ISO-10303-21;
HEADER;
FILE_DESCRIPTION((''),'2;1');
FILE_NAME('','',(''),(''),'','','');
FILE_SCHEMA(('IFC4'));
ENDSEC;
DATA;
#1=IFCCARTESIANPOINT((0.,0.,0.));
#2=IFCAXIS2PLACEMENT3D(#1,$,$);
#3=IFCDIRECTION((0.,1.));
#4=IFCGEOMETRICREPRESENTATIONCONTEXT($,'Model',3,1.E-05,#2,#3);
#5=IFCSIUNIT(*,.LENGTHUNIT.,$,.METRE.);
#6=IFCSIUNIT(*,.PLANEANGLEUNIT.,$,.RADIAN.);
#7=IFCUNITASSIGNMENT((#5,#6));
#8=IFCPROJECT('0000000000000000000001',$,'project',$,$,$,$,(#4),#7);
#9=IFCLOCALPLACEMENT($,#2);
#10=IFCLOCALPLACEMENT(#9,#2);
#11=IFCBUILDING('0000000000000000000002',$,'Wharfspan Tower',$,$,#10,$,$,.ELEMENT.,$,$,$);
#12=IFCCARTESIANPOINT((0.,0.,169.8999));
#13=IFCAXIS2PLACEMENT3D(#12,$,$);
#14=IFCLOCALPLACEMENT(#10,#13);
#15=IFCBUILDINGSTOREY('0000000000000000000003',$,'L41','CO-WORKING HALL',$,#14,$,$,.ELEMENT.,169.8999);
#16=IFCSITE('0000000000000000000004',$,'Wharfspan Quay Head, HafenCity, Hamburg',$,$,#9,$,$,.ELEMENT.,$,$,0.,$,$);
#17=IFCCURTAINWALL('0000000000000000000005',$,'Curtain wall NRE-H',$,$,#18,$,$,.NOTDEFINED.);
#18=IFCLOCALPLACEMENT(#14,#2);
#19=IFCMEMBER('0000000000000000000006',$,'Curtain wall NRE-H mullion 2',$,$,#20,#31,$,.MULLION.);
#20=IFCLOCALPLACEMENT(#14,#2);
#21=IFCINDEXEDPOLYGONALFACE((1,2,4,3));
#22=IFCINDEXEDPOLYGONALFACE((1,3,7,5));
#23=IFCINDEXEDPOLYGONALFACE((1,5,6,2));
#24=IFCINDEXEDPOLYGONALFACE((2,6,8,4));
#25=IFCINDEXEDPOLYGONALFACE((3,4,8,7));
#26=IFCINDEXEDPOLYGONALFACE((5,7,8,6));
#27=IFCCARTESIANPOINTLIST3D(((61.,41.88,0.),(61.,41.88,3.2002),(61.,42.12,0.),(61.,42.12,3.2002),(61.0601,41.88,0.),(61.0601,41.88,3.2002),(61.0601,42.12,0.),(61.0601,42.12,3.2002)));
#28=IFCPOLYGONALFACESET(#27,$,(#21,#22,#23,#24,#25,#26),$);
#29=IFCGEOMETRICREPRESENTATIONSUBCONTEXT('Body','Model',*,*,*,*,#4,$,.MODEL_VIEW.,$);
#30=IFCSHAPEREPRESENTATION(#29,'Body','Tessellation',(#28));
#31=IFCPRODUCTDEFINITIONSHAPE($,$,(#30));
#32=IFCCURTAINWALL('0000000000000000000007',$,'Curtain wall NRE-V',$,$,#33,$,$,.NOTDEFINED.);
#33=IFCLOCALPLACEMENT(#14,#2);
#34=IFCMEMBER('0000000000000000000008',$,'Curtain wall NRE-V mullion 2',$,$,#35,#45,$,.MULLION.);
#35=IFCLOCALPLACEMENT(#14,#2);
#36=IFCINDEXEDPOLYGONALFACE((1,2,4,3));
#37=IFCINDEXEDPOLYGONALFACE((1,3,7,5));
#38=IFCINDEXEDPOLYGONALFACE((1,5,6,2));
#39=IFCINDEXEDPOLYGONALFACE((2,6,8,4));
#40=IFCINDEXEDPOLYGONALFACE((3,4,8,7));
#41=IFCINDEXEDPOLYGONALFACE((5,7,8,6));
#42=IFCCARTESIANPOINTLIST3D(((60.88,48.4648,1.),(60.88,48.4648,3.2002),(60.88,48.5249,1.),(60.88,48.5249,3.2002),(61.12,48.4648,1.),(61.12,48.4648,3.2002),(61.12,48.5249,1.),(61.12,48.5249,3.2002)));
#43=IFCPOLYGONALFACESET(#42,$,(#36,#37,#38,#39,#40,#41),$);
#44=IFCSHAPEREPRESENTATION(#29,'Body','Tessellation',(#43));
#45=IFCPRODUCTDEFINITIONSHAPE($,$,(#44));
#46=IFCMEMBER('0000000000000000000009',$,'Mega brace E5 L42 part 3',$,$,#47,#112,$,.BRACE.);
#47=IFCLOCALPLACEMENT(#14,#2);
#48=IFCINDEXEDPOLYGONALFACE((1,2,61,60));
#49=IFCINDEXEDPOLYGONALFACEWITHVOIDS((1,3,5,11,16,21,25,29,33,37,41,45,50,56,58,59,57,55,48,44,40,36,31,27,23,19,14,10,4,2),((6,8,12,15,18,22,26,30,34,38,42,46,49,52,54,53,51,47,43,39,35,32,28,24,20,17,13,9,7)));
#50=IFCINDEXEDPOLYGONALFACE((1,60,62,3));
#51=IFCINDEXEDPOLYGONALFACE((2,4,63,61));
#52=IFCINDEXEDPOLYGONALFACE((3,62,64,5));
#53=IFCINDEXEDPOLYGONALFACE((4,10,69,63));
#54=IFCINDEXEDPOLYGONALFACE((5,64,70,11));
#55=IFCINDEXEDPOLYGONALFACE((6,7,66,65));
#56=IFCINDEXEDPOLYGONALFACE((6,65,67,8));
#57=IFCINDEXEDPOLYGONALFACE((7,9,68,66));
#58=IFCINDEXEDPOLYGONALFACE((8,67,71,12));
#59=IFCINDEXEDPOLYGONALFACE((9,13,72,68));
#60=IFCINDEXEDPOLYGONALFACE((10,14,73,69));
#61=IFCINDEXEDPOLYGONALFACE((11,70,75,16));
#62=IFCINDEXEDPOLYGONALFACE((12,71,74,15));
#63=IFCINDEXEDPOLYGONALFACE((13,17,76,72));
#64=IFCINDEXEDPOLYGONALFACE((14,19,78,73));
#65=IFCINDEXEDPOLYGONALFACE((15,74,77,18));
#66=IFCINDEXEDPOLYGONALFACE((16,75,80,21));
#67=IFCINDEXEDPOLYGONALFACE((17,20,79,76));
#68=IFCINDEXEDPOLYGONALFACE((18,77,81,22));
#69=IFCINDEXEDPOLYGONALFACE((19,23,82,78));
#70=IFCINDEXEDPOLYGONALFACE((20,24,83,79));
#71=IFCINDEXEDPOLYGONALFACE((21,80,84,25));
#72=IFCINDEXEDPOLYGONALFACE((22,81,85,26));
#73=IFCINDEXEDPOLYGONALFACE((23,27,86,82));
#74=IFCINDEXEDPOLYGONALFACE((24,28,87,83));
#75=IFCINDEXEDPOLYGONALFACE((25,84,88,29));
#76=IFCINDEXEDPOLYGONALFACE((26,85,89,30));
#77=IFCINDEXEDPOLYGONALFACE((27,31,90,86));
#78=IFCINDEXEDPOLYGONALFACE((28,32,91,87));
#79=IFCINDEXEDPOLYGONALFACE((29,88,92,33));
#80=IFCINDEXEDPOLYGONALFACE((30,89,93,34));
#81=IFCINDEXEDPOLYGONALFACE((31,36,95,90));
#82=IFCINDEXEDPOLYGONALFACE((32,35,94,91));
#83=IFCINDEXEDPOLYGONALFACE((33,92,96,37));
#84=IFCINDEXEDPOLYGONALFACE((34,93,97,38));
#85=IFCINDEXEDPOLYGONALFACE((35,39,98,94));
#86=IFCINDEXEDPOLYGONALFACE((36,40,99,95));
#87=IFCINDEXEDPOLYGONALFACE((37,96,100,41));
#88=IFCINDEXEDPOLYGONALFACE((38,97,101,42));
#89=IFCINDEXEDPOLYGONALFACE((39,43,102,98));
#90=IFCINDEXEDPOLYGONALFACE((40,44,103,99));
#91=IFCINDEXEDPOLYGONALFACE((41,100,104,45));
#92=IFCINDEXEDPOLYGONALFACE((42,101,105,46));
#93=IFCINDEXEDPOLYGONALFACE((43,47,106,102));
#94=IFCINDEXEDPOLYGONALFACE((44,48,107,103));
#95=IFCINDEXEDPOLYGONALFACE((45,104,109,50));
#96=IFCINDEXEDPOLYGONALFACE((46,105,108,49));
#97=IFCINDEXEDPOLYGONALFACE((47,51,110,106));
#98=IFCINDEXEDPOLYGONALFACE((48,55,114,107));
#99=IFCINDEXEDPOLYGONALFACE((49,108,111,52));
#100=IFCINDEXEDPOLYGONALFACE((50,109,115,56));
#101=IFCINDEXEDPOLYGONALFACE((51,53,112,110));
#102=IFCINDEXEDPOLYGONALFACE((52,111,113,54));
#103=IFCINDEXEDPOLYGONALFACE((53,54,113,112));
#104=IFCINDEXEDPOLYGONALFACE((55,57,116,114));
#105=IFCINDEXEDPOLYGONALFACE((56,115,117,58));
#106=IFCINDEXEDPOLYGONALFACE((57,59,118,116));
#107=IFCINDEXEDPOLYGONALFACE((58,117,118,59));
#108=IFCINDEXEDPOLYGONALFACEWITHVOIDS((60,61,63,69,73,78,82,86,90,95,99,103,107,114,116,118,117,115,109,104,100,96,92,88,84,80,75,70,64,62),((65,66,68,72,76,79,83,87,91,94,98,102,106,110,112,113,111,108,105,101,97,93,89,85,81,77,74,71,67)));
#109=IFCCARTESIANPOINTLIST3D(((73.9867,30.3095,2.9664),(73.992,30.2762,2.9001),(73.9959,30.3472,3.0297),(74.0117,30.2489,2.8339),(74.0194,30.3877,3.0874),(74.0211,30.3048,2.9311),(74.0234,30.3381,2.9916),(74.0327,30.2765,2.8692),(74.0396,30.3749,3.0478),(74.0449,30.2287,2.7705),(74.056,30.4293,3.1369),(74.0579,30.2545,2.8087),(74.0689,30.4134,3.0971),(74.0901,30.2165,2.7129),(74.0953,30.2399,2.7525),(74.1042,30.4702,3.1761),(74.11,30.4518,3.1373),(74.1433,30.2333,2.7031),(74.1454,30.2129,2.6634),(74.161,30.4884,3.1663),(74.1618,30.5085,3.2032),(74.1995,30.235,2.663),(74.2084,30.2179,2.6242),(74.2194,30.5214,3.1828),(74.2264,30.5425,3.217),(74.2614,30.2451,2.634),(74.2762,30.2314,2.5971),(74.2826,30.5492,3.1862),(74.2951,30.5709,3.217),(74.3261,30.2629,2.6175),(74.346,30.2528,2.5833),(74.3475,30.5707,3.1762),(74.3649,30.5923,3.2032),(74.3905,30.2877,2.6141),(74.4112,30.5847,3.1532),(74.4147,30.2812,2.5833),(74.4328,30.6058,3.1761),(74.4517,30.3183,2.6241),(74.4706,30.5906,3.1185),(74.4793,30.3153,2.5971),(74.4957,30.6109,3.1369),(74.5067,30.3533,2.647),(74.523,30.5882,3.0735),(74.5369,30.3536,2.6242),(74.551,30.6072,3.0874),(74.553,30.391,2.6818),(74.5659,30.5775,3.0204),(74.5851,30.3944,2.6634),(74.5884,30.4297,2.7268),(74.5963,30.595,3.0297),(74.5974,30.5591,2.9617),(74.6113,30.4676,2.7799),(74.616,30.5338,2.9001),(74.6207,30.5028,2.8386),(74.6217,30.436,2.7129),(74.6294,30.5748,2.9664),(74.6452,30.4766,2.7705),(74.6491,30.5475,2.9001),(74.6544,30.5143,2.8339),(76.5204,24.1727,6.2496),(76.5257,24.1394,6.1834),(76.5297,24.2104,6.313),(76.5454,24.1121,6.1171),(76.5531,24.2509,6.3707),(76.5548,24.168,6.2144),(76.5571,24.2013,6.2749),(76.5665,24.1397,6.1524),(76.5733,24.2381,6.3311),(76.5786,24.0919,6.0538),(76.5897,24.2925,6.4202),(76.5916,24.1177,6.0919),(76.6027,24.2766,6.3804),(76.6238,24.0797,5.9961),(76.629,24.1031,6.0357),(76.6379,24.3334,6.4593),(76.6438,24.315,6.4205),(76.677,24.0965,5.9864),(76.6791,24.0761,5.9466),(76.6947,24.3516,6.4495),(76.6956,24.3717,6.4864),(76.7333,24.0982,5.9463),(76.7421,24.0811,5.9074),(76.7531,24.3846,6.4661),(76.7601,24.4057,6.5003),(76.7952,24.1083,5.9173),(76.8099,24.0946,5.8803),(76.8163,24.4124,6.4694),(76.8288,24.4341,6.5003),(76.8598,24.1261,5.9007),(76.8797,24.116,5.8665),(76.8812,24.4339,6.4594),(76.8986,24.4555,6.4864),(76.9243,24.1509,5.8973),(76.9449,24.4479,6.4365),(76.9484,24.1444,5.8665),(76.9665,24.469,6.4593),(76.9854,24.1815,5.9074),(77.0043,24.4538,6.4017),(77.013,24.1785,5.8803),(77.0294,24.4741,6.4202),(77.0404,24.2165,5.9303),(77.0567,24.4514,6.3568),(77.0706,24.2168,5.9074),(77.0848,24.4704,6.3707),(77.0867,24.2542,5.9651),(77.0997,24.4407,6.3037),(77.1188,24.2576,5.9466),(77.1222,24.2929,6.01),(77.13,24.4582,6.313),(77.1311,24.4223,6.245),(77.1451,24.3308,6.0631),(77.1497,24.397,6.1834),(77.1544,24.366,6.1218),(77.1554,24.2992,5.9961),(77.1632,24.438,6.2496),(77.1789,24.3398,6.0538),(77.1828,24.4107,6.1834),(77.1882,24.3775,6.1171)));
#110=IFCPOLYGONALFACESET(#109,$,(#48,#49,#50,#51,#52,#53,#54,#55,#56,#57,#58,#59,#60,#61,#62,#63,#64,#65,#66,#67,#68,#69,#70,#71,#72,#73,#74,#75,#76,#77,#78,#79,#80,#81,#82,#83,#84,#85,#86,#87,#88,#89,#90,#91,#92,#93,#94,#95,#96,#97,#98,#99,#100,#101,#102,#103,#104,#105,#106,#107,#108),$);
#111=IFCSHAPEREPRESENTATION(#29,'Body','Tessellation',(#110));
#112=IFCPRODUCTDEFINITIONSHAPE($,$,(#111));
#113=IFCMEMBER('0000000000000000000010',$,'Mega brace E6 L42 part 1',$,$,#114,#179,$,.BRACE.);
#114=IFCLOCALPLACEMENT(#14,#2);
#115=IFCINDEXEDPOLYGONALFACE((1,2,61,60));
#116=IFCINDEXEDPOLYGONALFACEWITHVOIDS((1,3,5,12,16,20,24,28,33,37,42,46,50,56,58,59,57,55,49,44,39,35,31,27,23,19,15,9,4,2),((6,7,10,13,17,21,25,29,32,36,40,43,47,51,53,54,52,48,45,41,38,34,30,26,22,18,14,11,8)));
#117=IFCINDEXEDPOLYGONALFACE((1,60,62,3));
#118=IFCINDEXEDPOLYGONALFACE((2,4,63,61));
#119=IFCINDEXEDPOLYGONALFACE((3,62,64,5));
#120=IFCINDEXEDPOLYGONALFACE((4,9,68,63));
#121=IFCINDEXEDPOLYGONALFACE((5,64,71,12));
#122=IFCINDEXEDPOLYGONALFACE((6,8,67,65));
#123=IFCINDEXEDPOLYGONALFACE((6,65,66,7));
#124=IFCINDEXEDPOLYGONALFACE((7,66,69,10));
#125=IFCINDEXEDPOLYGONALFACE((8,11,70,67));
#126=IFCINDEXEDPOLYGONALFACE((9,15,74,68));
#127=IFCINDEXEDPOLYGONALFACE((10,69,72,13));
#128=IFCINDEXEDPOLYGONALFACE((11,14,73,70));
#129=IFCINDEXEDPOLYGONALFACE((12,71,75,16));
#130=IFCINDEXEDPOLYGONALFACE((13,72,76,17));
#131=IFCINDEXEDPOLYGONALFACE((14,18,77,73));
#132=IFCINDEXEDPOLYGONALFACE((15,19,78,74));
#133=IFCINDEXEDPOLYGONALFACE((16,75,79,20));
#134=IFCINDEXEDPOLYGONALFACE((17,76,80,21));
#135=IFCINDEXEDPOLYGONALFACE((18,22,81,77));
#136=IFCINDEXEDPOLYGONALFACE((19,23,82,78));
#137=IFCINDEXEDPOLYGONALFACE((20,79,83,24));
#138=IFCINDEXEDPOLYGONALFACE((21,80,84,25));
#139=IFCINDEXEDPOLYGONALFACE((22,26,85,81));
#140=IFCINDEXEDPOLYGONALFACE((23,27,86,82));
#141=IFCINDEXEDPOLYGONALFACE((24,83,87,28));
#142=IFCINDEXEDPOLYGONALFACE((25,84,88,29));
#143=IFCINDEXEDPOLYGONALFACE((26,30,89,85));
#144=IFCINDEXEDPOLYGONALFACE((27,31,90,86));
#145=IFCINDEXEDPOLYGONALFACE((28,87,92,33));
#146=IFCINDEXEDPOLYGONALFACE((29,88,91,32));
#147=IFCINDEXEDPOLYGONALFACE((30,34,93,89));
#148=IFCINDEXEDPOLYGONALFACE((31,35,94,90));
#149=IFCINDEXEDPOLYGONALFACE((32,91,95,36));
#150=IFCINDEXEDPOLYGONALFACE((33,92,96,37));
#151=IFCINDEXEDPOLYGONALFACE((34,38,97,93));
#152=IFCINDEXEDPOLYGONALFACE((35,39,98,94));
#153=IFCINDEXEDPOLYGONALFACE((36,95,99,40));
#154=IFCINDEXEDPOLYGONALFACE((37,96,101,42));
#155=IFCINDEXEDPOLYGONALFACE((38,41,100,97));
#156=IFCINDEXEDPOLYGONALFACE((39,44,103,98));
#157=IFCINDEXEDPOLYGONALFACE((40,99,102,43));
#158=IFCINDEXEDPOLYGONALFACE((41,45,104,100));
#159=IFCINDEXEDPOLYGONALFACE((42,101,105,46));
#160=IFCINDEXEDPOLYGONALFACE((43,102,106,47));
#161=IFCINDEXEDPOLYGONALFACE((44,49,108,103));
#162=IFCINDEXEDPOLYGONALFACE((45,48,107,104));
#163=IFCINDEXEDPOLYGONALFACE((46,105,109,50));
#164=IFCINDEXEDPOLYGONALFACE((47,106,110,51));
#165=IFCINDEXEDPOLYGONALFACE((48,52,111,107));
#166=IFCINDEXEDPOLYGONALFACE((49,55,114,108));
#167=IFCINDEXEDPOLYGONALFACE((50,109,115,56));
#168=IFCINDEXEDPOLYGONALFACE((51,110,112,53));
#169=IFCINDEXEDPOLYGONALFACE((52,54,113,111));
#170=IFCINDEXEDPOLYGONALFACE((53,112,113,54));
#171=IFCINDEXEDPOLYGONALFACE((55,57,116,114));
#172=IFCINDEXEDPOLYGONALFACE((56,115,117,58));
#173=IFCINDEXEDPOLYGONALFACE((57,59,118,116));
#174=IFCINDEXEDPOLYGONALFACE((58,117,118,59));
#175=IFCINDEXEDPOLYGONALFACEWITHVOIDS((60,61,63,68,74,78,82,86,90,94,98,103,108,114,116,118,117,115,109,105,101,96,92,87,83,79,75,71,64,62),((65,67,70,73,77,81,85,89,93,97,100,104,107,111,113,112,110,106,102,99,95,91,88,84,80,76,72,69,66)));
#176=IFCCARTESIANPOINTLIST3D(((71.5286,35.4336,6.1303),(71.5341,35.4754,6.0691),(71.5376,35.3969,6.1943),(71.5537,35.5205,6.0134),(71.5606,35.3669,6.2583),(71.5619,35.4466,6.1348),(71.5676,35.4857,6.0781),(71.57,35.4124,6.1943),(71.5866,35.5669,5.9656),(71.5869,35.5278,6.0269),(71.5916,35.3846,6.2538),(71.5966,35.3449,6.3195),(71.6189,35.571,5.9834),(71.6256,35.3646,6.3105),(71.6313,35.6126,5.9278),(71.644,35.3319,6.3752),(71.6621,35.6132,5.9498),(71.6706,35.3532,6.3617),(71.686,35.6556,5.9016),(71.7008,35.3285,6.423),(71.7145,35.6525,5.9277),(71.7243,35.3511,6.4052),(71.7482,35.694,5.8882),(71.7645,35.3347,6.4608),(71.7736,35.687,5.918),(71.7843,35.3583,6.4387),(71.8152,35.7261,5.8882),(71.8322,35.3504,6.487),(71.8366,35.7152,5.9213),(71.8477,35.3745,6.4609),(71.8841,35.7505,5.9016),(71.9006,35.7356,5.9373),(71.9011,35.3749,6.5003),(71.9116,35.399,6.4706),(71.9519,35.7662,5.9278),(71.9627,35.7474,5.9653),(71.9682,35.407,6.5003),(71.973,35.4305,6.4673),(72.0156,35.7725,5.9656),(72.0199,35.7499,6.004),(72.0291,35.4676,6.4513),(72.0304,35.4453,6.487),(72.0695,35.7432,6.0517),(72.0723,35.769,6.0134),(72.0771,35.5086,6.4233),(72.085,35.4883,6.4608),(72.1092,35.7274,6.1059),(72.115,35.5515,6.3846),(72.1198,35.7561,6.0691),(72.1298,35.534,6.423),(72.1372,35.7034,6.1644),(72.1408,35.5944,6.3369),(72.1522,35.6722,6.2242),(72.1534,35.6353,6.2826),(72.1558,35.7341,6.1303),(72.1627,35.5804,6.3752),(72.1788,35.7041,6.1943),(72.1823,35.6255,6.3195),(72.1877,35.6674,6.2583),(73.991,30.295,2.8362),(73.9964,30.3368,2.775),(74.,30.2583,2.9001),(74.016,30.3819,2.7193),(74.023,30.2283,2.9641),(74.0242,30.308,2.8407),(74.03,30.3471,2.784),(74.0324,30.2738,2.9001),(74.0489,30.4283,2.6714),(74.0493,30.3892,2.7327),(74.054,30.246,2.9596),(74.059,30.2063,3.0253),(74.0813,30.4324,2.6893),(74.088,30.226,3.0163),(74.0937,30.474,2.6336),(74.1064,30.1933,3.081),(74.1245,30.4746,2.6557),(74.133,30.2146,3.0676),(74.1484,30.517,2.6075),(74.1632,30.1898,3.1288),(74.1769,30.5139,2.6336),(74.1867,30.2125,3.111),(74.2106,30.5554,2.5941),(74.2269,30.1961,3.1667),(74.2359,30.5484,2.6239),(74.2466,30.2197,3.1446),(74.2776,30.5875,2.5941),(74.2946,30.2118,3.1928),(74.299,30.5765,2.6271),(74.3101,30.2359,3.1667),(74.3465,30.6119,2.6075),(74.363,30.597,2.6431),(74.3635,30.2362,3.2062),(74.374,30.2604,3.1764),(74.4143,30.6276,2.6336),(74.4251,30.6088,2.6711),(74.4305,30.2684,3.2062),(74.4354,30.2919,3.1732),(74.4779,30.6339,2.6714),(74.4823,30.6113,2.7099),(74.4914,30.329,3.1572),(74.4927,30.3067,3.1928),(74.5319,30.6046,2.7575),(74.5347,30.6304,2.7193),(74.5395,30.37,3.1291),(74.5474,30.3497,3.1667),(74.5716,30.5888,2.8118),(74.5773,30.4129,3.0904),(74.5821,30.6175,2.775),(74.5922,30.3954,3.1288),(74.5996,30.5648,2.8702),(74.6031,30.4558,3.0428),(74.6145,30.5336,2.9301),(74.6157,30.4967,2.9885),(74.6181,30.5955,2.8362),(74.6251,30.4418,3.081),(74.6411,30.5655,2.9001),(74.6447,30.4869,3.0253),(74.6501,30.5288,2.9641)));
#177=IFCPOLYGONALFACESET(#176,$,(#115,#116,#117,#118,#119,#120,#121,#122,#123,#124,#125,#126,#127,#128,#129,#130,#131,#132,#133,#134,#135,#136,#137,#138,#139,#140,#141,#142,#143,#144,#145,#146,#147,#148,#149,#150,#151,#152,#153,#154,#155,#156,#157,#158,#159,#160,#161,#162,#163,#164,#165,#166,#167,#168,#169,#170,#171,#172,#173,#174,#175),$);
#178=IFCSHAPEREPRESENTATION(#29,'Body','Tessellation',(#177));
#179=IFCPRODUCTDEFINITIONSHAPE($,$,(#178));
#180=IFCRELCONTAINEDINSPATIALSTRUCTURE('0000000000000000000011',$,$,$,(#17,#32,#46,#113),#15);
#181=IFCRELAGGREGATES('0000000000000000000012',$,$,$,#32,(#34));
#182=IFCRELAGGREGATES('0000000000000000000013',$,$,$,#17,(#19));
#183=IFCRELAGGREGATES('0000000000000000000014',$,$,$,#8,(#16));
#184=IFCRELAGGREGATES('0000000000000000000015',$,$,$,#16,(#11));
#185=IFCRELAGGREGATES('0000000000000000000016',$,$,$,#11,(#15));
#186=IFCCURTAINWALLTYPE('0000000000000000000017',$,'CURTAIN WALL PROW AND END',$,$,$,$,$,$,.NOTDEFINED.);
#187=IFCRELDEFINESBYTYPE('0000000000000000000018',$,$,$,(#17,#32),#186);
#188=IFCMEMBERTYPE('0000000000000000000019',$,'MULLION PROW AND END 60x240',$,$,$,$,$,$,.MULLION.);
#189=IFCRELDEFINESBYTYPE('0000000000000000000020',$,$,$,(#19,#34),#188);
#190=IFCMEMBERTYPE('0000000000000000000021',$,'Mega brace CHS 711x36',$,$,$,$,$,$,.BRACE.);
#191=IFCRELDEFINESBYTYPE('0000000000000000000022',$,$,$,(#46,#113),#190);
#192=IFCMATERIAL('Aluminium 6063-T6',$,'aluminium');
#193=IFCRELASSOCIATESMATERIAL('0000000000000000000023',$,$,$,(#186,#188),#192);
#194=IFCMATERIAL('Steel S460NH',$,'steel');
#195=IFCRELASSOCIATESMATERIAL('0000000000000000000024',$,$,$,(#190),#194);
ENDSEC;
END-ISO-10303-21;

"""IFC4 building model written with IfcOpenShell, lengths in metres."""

from ifc_helpers import new_model, si_unit, direction, frame, origin, origin_2d, place, context, subcontext, project, spatial, rectangle, hollow_circle, extrude, material, material_profile, profile_set, type_object, element, aggregate, save


model = new_model("IFC4")

# Units and contexts
model_context = context("Model", 3, precision=1e-05, world=origin(), true_north=direction((0.0, 1.0)))
body_context = subcontext(model_context, "Body", "Model", "MODEL_VIEW")
ifc_project = project(units=[si_unit("LENGTHUNIT", "METRE"), si_unit("PLANEANGLEUNIT", "RADIAN")], contexts=[model_context])

# Site, building, storey
site_placement = place(None, origin())
site = spatial("IfcSite", under=ifc_project, at=site_placement, Name="Wharfspan Quay Head, HafenCity, Hamburg", CompositionType="ELEMENT", RefElevation=0.0)
building_placement = place(site_placement, origin())
building = spatial("IfcBuilding", under=site, at=building_placement, Name="Wharfspan Tower", CompositionType="ELEMENT")
storey_placement = place(building_placement, frame((0.0, 0.0, 169.8999)))
storey = spatial("IfcBuildingStorey", under=building, at=storey_placement, Name="L41", Description="CO-WORKING HALL", CompositionType="ELEMENT", Elevation=169.8999)

# Curtain wall, member
ifc_material_1 = material(Name="Aluminium 6063-T6", Category="aluminium")
curtain_wall_type = type_object("IfcCurtainWallType", Name="CURTAIN WALL PROW AND END", PredefinedType="NOTDEFINED", material=ifc_material_1)
ifc_material_profile_1 = material_profile(ifc_material_1, rectangle(XDim=0.24, YDim=0.0601, at=origin_2d()))
ifc_profile_set_1 = profile_set([ifc_material_profile_1], Name="Aluminium 6063-T6")
member_type_1 = type_object("IfcMemberType", Name="MULLION PROW AND END 60x240", PredefinedType="MULLION", material=ifc_profile_set_1)
curtain_wall_1_placement = place(storey_placement, origin())
curtain_wall_1 = element("IfcCurtainWall", 1, at=curtain_wall_1_placement, inside=storey, type_object=curtain_wall_type, Name="Curtain wall NRE-H", PredefinedType="NOTDEFINED")
member_1_placement = place(storey_placement, frame((61.03, 42.0, 0.0), z_axis=(0.0, 0.0, 1.0), x_axis=(0.0, -1.0, 0.0)))
member_1 = element("IfcMember", 2, at=member_1_placement, type_object=member_type_1, Name="Curtain wall NRE-H mullion 2", PredefinedType="MULLION", context=body_context, shape_type="SweptSolid", body=[
    extrude(rectangle(XDim=0.24, YDim=0.0601, at=origin_2d()), origin(), (0.0, 0.0, 1.0), 3.2002),
])

# Curtain wall, member
curtain_wall_2_placement = place(storey_placement, origin())
curtain_wall_2 = element("IfcCurtainWall", 3, at=curtain_wall_2_placement, inside=storey, type_object=curtain_wall_type, Name="Curtain wall NRE-V", PredefinedType="NOTDEFINED")
member_2_placement = place(storey_placement, frame((61.0, 48.4949, 1.0), z_axis=(0.0, 0.0, 1.0), x_axis=(-1.0, 0.0, 0.0)))
member_2 = element("IfcMember", 4, at=member_2_placement, type_object=member_type_1, Name="Curtain wall NRE-V mullion 2", PredefinedType="MULLION", context=body_context, shape_type="SweptSolid", body=[
    extrude(rectangle(XDim=0.24, YDim=0.0601, at=origin_2d()), origin(), (0.0, 0.0, 1.0), 2.2002),
])
aggregate(curtain_wall_2, [member_2])

# Members
ifc_material_2 = material(Name="Steel S460NH", Category="steel")
ifc_material_profile_2 = material_profile(ifc_material_2, hollow_circle(Radius=0.3555, WallThickness=0.0359, at=origin_2d()))
ifc_profile_set_2 = profile_set([ifc_material_profile_2], Name="Steel S460NH")
member_type_2 = type_object("IfcMemberType", Name="Mega brace CHS 711x36", PredefinedType="BRACE", material=ifc_profile_set_2)
member_3_placement = place(storey_placement, frame((74.3206, 30.4119, 2.9001), z_axis=(0.342084, -0.828543, 0.443278), x_axis=(0.924317, 0.381625, -0.000003)))
element("IfcMember", 5, at=member_3_placement, inside=storey, type_object=member_type_2, Name="Mega brace E5 L42 part 3", PredefinedType="BRACE", context=body_context, shape_type="SweptSolid", body=[
    extrude(hollow_circle(Radius=0.3555, WallThickness=0.0359, at=origin_2d()), origin(), (0.0, 0.0, 1.0), 7.4067),
])
for number, where, z_axis, x_axis, name in (
    (6, (74.3206, 30.4119, 2.9001), (-0.374119, 0.780731, 0.500494), (-0.90181, -0.432137, -0.000003), "Mega brace E6 L42 part 1"),
):
    element("IfcMember", number, at=place(storey_placement, frame(where, z_axis=z_axis, x_axis=x_axis)), inside=storey, type_object=member_type_2, Name=name, PredefinedType="BRACE", context=body_context, shape_type="SweptSolid", body=[
        extrude(hollow_circle(Radius=0.3555, WallThickness=0.0359, at=origin_2d()), origin(), (0.0, 0.0, 1.0), 6.5818),
    ])

aggregate(curtain_wall_1, [member_1])

save(model, "model.ifc")
